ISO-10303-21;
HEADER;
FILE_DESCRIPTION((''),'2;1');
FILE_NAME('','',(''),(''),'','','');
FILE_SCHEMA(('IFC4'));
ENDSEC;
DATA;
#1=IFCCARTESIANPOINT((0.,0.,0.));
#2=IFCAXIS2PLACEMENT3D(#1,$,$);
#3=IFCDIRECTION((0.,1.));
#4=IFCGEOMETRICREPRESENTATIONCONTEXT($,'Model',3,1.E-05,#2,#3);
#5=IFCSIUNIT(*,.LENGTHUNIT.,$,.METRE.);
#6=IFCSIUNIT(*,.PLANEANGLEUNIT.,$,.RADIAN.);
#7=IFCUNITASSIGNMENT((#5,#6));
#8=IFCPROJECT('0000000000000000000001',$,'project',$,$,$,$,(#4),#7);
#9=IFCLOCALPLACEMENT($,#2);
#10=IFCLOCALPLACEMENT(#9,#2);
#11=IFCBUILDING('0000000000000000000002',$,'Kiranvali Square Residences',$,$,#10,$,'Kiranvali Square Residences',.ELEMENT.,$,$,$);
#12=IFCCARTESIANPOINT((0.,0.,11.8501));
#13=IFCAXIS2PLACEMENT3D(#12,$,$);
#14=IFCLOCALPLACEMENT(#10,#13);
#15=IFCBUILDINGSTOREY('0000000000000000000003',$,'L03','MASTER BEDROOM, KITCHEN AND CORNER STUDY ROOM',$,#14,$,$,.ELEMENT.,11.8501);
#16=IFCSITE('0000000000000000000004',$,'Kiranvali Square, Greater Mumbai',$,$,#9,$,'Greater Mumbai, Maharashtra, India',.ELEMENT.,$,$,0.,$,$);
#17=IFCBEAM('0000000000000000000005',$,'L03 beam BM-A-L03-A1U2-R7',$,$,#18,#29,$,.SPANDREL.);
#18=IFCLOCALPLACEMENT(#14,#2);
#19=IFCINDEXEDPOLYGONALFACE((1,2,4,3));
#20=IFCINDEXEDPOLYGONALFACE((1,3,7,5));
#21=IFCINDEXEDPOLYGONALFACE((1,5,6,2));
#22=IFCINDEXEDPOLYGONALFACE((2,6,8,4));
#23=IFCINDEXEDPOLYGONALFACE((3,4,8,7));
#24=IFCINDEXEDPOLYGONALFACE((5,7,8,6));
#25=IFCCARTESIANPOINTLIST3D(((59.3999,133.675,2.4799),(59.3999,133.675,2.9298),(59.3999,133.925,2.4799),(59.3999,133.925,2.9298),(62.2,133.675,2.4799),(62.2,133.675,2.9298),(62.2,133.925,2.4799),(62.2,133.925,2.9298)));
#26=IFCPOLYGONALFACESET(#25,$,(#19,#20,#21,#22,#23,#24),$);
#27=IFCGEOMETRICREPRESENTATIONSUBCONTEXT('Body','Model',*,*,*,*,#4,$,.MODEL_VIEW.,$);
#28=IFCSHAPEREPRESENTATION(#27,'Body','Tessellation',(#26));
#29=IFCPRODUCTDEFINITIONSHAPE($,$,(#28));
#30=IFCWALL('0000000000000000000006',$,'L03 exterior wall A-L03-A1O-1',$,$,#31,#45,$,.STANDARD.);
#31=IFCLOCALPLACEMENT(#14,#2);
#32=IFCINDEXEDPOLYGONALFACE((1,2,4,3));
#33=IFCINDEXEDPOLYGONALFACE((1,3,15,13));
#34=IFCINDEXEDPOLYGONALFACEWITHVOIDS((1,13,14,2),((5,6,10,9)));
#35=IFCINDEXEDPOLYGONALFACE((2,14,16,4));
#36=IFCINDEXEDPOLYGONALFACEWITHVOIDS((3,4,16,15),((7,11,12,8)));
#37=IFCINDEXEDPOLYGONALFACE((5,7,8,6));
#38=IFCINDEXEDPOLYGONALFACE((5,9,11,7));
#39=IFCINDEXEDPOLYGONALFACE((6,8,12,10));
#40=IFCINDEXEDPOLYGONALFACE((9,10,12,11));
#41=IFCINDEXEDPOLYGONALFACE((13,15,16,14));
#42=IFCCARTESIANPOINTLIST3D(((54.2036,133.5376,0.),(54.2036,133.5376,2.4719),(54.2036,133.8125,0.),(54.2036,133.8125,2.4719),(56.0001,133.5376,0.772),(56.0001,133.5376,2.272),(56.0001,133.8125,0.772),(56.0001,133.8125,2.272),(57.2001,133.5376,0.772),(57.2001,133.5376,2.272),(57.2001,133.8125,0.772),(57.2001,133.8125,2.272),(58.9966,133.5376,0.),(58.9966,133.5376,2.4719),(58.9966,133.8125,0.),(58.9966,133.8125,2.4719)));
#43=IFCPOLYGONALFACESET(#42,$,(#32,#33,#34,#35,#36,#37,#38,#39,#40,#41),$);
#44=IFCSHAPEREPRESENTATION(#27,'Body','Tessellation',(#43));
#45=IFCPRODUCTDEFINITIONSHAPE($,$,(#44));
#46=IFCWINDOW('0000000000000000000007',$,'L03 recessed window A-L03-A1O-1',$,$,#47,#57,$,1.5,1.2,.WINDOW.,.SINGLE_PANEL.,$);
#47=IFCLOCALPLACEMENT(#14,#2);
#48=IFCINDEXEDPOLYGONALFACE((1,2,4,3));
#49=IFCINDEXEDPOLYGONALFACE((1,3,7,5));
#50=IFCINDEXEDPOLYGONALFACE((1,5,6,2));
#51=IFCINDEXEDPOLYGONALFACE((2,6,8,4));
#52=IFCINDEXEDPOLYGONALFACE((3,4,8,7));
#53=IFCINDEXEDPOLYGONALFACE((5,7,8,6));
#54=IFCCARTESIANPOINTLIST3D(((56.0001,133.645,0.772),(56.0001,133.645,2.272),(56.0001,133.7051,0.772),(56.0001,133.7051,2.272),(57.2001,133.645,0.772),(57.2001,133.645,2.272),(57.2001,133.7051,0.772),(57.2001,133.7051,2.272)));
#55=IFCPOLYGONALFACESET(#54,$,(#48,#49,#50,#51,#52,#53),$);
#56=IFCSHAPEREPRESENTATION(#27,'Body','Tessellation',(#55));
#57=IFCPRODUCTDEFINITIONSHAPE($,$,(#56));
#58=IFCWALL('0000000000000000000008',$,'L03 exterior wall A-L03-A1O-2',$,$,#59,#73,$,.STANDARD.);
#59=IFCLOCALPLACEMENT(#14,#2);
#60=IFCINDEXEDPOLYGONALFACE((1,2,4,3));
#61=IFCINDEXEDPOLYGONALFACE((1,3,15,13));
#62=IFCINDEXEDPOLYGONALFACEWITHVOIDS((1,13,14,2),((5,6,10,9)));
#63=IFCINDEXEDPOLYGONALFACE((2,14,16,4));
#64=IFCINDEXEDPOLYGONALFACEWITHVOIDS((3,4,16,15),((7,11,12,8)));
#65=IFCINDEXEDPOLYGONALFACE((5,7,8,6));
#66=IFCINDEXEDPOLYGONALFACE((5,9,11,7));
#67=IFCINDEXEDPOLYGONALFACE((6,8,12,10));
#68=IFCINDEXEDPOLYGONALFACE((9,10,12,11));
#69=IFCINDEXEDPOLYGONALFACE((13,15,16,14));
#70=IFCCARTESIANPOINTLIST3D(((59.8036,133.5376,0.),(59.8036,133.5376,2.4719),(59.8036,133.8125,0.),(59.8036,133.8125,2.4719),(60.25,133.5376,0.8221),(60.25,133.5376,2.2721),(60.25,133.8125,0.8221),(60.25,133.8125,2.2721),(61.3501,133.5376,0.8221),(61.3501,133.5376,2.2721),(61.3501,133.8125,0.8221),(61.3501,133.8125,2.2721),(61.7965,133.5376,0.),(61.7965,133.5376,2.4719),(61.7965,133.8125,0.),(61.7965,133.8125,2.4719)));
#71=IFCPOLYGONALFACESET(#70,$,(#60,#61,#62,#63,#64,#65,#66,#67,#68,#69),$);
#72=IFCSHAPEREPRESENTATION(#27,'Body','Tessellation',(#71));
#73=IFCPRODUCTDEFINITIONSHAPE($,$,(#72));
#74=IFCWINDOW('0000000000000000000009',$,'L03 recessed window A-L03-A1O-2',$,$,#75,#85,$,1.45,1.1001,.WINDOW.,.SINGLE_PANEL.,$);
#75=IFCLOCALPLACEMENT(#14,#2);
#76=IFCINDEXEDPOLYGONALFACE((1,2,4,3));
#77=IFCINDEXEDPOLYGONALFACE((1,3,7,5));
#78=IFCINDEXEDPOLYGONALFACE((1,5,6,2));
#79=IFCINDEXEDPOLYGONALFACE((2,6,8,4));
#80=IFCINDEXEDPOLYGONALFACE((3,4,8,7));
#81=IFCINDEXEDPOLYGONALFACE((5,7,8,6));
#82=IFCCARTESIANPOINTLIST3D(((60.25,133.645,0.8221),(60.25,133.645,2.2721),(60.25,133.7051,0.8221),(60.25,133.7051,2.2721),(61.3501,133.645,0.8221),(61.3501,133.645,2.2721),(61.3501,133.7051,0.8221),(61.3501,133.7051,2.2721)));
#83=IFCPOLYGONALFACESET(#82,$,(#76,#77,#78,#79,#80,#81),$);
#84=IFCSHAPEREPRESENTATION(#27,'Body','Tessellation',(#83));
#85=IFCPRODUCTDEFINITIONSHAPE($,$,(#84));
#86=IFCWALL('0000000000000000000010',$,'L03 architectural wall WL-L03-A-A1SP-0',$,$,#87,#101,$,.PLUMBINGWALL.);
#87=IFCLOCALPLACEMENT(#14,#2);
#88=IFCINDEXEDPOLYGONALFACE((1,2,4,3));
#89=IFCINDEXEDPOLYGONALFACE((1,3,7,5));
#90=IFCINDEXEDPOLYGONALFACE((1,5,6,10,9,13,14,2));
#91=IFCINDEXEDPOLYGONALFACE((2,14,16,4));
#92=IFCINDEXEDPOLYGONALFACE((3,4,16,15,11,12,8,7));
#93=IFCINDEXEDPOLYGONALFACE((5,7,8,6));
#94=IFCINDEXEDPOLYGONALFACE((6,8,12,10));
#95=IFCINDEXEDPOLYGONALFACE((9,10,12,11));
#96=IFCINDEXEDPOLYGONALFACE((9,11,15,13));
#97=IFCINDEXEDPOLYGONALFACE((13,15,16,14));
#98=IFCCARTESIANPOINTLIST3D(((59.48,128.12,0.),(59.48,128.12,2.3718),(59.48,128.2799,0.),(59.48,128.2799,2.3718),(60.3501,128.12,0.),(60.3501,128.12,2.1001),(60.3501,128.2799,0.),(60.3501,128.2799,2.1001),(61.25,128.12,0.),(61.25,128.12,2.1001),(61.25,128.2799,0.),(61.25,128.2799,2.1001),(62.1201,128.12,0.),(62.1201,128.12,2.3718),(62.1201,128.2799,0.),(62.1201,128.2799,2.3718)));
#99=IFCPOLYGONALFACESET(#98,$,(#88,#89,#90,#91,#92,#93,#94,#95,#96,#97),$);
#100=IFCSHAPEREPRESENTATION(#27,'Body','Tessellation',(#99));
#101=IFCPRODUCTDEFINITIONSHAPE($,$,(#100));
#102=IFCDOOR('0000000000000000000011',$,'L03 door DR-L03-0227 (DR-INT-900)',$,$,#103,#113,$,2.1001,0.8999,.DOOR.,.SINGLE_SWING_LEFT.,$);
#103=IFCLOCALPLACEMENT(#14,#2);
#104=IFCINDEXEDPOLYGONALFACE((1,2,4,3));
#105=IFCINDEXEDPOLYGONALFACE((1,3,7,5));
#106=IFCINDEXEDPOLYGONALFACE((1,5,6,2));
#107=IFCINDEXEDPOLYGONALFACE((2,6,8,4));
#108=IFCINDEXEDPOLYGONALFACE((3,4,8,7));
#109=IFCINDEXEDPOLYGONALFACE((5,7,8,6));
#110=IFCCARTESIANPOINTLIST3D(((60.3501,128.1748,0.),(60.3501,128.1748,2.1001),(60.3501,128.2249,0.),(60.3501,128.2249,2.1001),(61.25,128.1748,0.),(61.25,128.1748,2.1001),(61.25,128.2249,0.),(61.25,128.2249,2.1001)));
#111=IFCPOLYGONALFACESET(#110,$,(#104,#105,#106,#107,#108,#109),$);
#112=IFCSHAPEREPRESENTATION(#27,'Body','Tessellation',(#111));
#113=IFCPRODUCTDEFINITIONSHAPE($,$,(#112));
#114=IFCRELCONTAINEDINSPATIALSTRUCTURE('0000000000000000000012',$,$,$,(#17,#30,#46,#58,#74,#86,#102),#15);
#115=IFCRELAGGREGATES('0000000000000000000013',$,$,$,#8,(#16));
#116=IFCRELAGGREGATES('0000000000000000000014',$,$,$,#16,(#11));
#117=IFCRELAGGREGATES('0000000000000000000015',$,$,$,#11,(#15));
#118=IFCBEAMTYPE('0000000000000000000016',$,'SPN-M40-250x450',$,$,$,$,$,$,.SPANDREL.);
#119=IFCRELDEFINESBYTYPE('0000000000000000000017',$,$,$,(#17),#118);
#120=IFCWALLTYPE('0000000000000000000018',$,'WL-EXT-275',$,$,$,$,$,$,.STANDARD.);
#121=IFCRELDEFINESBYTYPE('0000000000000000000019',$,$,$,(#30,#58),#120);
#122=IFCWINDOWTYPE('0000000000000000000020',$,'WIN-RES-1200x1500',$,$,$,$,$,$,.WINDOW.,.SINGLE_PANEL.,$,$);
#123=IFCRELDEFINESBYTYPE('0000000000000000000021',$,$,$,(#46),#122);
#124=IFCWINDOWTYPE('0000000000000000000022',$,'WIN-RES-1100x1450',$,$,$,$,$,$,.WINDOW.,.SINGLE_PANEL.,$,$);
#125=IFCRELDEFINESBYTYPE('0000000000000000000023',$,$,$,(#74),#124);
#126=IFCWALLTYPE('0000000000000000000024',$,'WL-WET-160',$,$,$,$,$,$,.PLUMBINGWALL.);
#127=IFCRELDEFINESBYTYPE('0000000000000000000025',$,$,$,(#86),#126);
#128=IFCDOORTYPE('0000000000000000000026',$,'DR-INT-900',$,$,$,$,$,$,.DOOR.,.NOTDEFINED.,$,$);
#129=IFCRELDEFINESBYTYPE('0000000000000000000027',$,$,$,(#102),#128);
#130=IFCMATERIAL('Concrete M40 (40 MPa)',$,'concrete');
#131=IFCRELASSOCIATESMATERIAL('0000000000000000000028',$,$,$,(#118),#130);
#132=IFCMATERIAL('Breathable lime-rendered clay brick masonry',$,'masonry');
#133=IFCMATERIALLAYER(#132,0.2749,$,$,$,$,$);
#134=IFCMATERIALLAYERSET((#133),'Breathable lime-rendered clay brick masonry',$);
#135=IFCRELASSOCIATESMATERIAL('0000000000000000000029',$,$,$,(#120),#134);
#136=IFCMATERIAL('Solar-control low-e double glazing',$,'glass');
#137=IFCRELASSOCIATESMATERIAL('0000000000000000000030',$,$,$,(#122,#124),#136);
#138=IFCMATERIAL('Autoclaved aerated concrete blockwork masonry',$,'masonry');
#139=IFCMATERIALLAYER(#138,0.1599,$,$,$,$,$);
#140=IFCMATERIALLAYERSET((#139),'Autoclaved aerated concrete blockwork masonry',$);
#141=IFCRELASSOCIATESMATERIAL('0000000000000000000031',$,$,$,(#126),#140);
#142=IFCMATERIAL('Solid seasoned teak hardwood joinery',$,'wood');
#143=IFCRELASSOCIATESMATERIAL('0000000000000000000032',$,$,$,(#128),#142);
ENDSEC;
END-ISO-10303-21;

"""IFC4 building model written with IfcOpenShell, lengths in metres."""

from ifc_helpers import new_model, si_unit, direction, frame, frame_2d, origin, origin_2d, place, context, subcontext, project, spatial, rectangle, extrude, material, layer, layer_set, material_profile, profile_set, type_object, element, fill, save


model = new_model("IFC4")

# Units and contexts
model_context = context("Model", 3, precision=1e-05, world=origin(), true_north=direction((0.0, 1.0)))
body_context = subcontext(model_context, "Body", "Model", "MODEL_VIEW")
ifc_project = project(units=[si_unit("LENGTHUNIT", "METRE"), si_unit("PLANEANGLEUNIT", "RADIAN")], contexts=[model_context])

# Site, building, storey
site_placement = place(None, origin())
site = spatial("IfcSite", under=ifc_project, at=site_placement, Name="Kiranvali Square, Greater Mumbai", LongName="Greater Mumbai, Maharashtra, India", CompositionType="ELEMENT", RefElevation=0.0)
building_placement = place(site_placement, origin())
building = spatial("IfcBuilding", under=site, at=building_placement, Name="Kiranvali Square Residences", LongName="Kiranvali Square Residences", CompositionType="ELEMENT")
storey_placement = place(building_placement, frame((0.0, 0.0, 11.8501)))
storey = spatial("IfcBuildingStorey", under=building, at=storey_placement, Name="L03", Description="MASTER BEDROOM, KITCHEN AND CORNER STUDY ROOM", CompositionType="ELEMENT", Elevation=11.8501)

# Beam
ifc_material_1 = material(Name="Concrete M40 (40 MPa)", Category="concrete")
ifc_material_profile_1 = material_profile(ifc_material_1, rectangle(XDim=0.25, YDim=0.45, at=origin_2d()), Name="RC 250x450")
ifc_profile_set_1 = profile_set([ifc_material_profile_1], Name="Concrete M40 (40 MPa)")
beam_type_1 = type_object("IfcBeamType", Name="SPN-M40-250x450", PredefinedType="SPANDREL", material=ifc_profile_set_1)
beam_1_placement = place(storey_placement, frame((59.3999, 133.8, 2.7048), z_axis=(1.0, 0.0, 0.0), x_axis=(0.0, 1.0, 0.0)))
element("IfcBeam", 1, at=beam_1_placement, inside=storey, type_object=beam_type_1, Name="L03 beam BM-A-L03-A1U2-R7", PredefinedType="SPANDREL", context=body_context, shape_type="SweptSolid", body=[
    extrude(rectangle(XDim=0.25, YDim=0.45, at=origin_2d()), origin(), (0.0, 0.0, 1.0), 2.8),
])

# Walls, openings, windows
ifc_material_2 = material(Name="Breathable lime-rendered clay brick masonry", Category="masonry")
ifc_layer_1 = layer(ifc_material_2, 0.2749)
ifc_layer_set_1 = layer_set([ifc_layer_1], Name="Breathable lime-rendered clay brick masonry")
wall_type_1 = type_object("IfcWallType", Name="WL-EXT-275", PredefinedType="STANDARD", material=ifc_layer_set_1)
wall_1_placement = place(storey_placement, frame((54.2036, 133.675, 0.0), z_axis=(0.0, 0.0, 1.0), x_axis=(1.0, 0.0, 0.0)))
wall_1 = element("IfcWall", 2, at=wall_1_placement, inside=storey, type_object=wall_type_1, Name="L03 exterior wall A-L03-A1O-1", PredefinedType="STANDARD", context=body_context, shape_type="SweptSolid", body=[
    extrude(rectangle(XDim=4.793, YDim=0.2749, at=frame_2d((2.3965, 0.0))), origin(), (0.0, 0.0, 1.0), 2.4719),
])
opening_1_placement = place(wall_1_placement, frame((1.7964, 0.0, 0.772)))
opening_1 = element("IfcOpeningElement", 3, at=opening_1_placement, cuts=wall_1, PredefinedType="OPENING", context=body_context, shape_type="SweptSolid", body=[
    extrude(rectangle(XDim=1.2, YDim=1.5, at=frame_2d((0.6001, 0.75))), frame((0.0, 0.1475, 0.0), z_axis=(0.0, -1.0, 0.0), x_axis=(1.0, 0.0, 0.0)), (0.0, 0.0, 1.0), 0.2949),
])
ifc_material_3 = material(Name="Solar-control low-e double glazing", Category="glass")
window_type_1 = type_object("IfcWindowType", Name="WIN-RES-1200x1500", PartitioningType="SINGLE_PANEL", PredefinedType="WINDOW", material=ifc_material_3)
window_1_placement = place(opening_1_placement, origin())
window_1 = element("IfcWindow", 4, at=window_1_placement, inside=storey, type_object=window_type_1, Name="L03 recessed window A-L03-A1O-1", OverallHeight=1.5, OverallWidth=1.2, PartitioningType="SINGLE_PANEL", PredefinedType="WINDOW", context=body_context, shape_type="SweptSolid", body=[
    extrude(rectangle(XDim=1.2, YDim=1.5, at=frame_2d((0.6001, 0.75))), frame((0.0, 0.03, 0.0), z_axis=(0.0, -1.0, 0.0), x_axis=(1.0, 0.0, 0.0)), (0.0, 0.0, 1.0), 0.0601),
])
fill(opening_1, window_1)
wall_2_placement = place(storey_placement, frame((59.8035, 133.675, 0.0), z_axis=(0.0, 0.0, 1.0), x_axis=(1.0, 0.0, 0.0)))
wall_2 = element("IfcWall", 5, at=wall_2_placement, inside=storey, type_object=wall_type_1, Name="L03 exterior wall A-L03-A1O-2", PredefinedType="STANDARD", context=body_context, shape_type="SweptSolid", body=[
    extrude(rectangle(XDim=1.9929, YDim=0.2749, at=frame_2d((0.9966, 0.0))), origin(), (0.0, 0.0, 1.0), 2.4719),
])
opening_2_placement = place(wall_2_placement, frame((0.4465, 0.0, 0.822)))
opening_2 = element("IfcOpeningElement", 6, at=opening_2_placement, cuts=wall_2, PredefinedType="OPENING", context=body_context, shape_type="SweptSolid", body=[
    extrude(rectangle(XDim=1.1001, YDim=1.45, at=frame_2d((0.55, 0.7251))), frame((0.0, 0.1475, 0.0), z_axis=(0.0, -1.0, 0.0), x_axis=(1.0, 0.0, 0.0)), (0.0, 0.0, 1.0), 0.2949),
])
window_type_2 = type_object("IfcWindowType", Name="WIN-RES-1100x1450", PartitioningType="SINGLE_PANEL", PredefinedType="WINDOW", material=ifc_material_3)
window_2_placement = place(opening_2_placement, origin())
window_2 = element("IfcWindow", 7, at=window_2_placement, inside=storey, type_object=window_type_2, Name="L03 recessed window A-L03-A1O-2", OverallHeight=1.45, OverallWidth=1.1001, PartitioningType="SINGLE_PANEL", PredefinedType="WINDOW", context=body_context, shape_type="SweptSolid", body=[
    extrude(rectangle(XDim=1.1001, YDim=1.45, at=frame_2d((0.55, 0.7251))), frame((0.0, 0.03, 0.0), z_axis=(0.0, -1.0, 0.0), x_axis=(1.0, 0.0, 0.0)), (0.0, 0.0, 1.0), 0.0601),
])
fill(opening_2, window_2)

# Wall, opening, door
ifc_material_4 = material(Name="Autoclaved aerated concrete blockwork masonry", Category="masonry")
ifc_layer_2 = layer(ifc_material_4, 0.1599)
ifc_layer_set_2 = layer_set([ifc_layer_2], Name="Autoclaved aerated concrete blockwork masonry")
wall_type_2 = type_object("IfcWallType", Name="WL-WET-160", PredefinedType="PLUMBINGWALL", material=ifc_layer_set_2)
wall_3_placement = place(storey_placement, frame((59.48, 128.2, 0.0), z_axis=(0.0, 0.0, 1.0), x_axis=(1.0, 0.0, 0.0)))
wall_3 = element("IfcWall", 8, at=wall_3_placement, inside=storey, type_object=wall_type_2, Name="L03 architectural wall WL-L03-A-A1SP-0", PredefinedType="PLUMBINGWALL", context=body_context, shape_type="SweptSolid", body=[
    extrude(rectangle(XDim=2.6401, YDim=0.1599, at=frame_2d((1.3201, 0.0))), origin(), (0.0, 0.0, 1.0), 2.3718),
])
opening_3_placement = place(wall_3_placement, frame((0.8701, 0.0, 0.0)))
opening_3 = element("IfcOpeningElement", 9, at=opening_3_placement, cuts=wall_3, PredefinedType="OPENING", context=body_context, shape_type="SweptSolid", body=[
    extrude(rectangle(XDim=0.8999, YDim=2.1001, at=frame_2d((0.45, 1.05))), frame((0.0, 0.0898, 0.0), z_axis=(0.0, -1.0, 0.0), x_axis=(1.0, 0.0, 0.0)), (0.0, 0.0, 1.0), 0.1799),
])
ifc_material_5 = material(Name="Solid seasoned teak hardwood joinery", Category="wood")
door_type = type_object("IfcDoorType", Name="DR-INT-900", OperationType="NOTDEFINED", PredefinedType="DOOR", material=ifc_material_5)
door_placement = place(opening_3_placement, origin())
door = element("IfcDoor", 10, at=door_placement, inside=storey, type_object=door_type, Name="L03 door DR-L03-0227 (DR-INT-900)", OperationType="SINGLE_SWING_LEFT", OverallHeight=2.1001, OverallWidth=0.8999, PredefinedType="DOOR", context=body_context, shape_type="SweptSolid", body=[
    extrude(rectangle(XDim=0.8999, YDim=2.1001, at=frame_2d((0.45, 1.05))), frame((0.0, 0.0249, 0.0), z_axis=(0.0, -1.0, 0.0), x_axis=(1.0, 0.0, 0.0)), (0.0, 0.0, 1.0), 0.05),
])
fill(opening_3, door)

save(model, "model.ifc")
